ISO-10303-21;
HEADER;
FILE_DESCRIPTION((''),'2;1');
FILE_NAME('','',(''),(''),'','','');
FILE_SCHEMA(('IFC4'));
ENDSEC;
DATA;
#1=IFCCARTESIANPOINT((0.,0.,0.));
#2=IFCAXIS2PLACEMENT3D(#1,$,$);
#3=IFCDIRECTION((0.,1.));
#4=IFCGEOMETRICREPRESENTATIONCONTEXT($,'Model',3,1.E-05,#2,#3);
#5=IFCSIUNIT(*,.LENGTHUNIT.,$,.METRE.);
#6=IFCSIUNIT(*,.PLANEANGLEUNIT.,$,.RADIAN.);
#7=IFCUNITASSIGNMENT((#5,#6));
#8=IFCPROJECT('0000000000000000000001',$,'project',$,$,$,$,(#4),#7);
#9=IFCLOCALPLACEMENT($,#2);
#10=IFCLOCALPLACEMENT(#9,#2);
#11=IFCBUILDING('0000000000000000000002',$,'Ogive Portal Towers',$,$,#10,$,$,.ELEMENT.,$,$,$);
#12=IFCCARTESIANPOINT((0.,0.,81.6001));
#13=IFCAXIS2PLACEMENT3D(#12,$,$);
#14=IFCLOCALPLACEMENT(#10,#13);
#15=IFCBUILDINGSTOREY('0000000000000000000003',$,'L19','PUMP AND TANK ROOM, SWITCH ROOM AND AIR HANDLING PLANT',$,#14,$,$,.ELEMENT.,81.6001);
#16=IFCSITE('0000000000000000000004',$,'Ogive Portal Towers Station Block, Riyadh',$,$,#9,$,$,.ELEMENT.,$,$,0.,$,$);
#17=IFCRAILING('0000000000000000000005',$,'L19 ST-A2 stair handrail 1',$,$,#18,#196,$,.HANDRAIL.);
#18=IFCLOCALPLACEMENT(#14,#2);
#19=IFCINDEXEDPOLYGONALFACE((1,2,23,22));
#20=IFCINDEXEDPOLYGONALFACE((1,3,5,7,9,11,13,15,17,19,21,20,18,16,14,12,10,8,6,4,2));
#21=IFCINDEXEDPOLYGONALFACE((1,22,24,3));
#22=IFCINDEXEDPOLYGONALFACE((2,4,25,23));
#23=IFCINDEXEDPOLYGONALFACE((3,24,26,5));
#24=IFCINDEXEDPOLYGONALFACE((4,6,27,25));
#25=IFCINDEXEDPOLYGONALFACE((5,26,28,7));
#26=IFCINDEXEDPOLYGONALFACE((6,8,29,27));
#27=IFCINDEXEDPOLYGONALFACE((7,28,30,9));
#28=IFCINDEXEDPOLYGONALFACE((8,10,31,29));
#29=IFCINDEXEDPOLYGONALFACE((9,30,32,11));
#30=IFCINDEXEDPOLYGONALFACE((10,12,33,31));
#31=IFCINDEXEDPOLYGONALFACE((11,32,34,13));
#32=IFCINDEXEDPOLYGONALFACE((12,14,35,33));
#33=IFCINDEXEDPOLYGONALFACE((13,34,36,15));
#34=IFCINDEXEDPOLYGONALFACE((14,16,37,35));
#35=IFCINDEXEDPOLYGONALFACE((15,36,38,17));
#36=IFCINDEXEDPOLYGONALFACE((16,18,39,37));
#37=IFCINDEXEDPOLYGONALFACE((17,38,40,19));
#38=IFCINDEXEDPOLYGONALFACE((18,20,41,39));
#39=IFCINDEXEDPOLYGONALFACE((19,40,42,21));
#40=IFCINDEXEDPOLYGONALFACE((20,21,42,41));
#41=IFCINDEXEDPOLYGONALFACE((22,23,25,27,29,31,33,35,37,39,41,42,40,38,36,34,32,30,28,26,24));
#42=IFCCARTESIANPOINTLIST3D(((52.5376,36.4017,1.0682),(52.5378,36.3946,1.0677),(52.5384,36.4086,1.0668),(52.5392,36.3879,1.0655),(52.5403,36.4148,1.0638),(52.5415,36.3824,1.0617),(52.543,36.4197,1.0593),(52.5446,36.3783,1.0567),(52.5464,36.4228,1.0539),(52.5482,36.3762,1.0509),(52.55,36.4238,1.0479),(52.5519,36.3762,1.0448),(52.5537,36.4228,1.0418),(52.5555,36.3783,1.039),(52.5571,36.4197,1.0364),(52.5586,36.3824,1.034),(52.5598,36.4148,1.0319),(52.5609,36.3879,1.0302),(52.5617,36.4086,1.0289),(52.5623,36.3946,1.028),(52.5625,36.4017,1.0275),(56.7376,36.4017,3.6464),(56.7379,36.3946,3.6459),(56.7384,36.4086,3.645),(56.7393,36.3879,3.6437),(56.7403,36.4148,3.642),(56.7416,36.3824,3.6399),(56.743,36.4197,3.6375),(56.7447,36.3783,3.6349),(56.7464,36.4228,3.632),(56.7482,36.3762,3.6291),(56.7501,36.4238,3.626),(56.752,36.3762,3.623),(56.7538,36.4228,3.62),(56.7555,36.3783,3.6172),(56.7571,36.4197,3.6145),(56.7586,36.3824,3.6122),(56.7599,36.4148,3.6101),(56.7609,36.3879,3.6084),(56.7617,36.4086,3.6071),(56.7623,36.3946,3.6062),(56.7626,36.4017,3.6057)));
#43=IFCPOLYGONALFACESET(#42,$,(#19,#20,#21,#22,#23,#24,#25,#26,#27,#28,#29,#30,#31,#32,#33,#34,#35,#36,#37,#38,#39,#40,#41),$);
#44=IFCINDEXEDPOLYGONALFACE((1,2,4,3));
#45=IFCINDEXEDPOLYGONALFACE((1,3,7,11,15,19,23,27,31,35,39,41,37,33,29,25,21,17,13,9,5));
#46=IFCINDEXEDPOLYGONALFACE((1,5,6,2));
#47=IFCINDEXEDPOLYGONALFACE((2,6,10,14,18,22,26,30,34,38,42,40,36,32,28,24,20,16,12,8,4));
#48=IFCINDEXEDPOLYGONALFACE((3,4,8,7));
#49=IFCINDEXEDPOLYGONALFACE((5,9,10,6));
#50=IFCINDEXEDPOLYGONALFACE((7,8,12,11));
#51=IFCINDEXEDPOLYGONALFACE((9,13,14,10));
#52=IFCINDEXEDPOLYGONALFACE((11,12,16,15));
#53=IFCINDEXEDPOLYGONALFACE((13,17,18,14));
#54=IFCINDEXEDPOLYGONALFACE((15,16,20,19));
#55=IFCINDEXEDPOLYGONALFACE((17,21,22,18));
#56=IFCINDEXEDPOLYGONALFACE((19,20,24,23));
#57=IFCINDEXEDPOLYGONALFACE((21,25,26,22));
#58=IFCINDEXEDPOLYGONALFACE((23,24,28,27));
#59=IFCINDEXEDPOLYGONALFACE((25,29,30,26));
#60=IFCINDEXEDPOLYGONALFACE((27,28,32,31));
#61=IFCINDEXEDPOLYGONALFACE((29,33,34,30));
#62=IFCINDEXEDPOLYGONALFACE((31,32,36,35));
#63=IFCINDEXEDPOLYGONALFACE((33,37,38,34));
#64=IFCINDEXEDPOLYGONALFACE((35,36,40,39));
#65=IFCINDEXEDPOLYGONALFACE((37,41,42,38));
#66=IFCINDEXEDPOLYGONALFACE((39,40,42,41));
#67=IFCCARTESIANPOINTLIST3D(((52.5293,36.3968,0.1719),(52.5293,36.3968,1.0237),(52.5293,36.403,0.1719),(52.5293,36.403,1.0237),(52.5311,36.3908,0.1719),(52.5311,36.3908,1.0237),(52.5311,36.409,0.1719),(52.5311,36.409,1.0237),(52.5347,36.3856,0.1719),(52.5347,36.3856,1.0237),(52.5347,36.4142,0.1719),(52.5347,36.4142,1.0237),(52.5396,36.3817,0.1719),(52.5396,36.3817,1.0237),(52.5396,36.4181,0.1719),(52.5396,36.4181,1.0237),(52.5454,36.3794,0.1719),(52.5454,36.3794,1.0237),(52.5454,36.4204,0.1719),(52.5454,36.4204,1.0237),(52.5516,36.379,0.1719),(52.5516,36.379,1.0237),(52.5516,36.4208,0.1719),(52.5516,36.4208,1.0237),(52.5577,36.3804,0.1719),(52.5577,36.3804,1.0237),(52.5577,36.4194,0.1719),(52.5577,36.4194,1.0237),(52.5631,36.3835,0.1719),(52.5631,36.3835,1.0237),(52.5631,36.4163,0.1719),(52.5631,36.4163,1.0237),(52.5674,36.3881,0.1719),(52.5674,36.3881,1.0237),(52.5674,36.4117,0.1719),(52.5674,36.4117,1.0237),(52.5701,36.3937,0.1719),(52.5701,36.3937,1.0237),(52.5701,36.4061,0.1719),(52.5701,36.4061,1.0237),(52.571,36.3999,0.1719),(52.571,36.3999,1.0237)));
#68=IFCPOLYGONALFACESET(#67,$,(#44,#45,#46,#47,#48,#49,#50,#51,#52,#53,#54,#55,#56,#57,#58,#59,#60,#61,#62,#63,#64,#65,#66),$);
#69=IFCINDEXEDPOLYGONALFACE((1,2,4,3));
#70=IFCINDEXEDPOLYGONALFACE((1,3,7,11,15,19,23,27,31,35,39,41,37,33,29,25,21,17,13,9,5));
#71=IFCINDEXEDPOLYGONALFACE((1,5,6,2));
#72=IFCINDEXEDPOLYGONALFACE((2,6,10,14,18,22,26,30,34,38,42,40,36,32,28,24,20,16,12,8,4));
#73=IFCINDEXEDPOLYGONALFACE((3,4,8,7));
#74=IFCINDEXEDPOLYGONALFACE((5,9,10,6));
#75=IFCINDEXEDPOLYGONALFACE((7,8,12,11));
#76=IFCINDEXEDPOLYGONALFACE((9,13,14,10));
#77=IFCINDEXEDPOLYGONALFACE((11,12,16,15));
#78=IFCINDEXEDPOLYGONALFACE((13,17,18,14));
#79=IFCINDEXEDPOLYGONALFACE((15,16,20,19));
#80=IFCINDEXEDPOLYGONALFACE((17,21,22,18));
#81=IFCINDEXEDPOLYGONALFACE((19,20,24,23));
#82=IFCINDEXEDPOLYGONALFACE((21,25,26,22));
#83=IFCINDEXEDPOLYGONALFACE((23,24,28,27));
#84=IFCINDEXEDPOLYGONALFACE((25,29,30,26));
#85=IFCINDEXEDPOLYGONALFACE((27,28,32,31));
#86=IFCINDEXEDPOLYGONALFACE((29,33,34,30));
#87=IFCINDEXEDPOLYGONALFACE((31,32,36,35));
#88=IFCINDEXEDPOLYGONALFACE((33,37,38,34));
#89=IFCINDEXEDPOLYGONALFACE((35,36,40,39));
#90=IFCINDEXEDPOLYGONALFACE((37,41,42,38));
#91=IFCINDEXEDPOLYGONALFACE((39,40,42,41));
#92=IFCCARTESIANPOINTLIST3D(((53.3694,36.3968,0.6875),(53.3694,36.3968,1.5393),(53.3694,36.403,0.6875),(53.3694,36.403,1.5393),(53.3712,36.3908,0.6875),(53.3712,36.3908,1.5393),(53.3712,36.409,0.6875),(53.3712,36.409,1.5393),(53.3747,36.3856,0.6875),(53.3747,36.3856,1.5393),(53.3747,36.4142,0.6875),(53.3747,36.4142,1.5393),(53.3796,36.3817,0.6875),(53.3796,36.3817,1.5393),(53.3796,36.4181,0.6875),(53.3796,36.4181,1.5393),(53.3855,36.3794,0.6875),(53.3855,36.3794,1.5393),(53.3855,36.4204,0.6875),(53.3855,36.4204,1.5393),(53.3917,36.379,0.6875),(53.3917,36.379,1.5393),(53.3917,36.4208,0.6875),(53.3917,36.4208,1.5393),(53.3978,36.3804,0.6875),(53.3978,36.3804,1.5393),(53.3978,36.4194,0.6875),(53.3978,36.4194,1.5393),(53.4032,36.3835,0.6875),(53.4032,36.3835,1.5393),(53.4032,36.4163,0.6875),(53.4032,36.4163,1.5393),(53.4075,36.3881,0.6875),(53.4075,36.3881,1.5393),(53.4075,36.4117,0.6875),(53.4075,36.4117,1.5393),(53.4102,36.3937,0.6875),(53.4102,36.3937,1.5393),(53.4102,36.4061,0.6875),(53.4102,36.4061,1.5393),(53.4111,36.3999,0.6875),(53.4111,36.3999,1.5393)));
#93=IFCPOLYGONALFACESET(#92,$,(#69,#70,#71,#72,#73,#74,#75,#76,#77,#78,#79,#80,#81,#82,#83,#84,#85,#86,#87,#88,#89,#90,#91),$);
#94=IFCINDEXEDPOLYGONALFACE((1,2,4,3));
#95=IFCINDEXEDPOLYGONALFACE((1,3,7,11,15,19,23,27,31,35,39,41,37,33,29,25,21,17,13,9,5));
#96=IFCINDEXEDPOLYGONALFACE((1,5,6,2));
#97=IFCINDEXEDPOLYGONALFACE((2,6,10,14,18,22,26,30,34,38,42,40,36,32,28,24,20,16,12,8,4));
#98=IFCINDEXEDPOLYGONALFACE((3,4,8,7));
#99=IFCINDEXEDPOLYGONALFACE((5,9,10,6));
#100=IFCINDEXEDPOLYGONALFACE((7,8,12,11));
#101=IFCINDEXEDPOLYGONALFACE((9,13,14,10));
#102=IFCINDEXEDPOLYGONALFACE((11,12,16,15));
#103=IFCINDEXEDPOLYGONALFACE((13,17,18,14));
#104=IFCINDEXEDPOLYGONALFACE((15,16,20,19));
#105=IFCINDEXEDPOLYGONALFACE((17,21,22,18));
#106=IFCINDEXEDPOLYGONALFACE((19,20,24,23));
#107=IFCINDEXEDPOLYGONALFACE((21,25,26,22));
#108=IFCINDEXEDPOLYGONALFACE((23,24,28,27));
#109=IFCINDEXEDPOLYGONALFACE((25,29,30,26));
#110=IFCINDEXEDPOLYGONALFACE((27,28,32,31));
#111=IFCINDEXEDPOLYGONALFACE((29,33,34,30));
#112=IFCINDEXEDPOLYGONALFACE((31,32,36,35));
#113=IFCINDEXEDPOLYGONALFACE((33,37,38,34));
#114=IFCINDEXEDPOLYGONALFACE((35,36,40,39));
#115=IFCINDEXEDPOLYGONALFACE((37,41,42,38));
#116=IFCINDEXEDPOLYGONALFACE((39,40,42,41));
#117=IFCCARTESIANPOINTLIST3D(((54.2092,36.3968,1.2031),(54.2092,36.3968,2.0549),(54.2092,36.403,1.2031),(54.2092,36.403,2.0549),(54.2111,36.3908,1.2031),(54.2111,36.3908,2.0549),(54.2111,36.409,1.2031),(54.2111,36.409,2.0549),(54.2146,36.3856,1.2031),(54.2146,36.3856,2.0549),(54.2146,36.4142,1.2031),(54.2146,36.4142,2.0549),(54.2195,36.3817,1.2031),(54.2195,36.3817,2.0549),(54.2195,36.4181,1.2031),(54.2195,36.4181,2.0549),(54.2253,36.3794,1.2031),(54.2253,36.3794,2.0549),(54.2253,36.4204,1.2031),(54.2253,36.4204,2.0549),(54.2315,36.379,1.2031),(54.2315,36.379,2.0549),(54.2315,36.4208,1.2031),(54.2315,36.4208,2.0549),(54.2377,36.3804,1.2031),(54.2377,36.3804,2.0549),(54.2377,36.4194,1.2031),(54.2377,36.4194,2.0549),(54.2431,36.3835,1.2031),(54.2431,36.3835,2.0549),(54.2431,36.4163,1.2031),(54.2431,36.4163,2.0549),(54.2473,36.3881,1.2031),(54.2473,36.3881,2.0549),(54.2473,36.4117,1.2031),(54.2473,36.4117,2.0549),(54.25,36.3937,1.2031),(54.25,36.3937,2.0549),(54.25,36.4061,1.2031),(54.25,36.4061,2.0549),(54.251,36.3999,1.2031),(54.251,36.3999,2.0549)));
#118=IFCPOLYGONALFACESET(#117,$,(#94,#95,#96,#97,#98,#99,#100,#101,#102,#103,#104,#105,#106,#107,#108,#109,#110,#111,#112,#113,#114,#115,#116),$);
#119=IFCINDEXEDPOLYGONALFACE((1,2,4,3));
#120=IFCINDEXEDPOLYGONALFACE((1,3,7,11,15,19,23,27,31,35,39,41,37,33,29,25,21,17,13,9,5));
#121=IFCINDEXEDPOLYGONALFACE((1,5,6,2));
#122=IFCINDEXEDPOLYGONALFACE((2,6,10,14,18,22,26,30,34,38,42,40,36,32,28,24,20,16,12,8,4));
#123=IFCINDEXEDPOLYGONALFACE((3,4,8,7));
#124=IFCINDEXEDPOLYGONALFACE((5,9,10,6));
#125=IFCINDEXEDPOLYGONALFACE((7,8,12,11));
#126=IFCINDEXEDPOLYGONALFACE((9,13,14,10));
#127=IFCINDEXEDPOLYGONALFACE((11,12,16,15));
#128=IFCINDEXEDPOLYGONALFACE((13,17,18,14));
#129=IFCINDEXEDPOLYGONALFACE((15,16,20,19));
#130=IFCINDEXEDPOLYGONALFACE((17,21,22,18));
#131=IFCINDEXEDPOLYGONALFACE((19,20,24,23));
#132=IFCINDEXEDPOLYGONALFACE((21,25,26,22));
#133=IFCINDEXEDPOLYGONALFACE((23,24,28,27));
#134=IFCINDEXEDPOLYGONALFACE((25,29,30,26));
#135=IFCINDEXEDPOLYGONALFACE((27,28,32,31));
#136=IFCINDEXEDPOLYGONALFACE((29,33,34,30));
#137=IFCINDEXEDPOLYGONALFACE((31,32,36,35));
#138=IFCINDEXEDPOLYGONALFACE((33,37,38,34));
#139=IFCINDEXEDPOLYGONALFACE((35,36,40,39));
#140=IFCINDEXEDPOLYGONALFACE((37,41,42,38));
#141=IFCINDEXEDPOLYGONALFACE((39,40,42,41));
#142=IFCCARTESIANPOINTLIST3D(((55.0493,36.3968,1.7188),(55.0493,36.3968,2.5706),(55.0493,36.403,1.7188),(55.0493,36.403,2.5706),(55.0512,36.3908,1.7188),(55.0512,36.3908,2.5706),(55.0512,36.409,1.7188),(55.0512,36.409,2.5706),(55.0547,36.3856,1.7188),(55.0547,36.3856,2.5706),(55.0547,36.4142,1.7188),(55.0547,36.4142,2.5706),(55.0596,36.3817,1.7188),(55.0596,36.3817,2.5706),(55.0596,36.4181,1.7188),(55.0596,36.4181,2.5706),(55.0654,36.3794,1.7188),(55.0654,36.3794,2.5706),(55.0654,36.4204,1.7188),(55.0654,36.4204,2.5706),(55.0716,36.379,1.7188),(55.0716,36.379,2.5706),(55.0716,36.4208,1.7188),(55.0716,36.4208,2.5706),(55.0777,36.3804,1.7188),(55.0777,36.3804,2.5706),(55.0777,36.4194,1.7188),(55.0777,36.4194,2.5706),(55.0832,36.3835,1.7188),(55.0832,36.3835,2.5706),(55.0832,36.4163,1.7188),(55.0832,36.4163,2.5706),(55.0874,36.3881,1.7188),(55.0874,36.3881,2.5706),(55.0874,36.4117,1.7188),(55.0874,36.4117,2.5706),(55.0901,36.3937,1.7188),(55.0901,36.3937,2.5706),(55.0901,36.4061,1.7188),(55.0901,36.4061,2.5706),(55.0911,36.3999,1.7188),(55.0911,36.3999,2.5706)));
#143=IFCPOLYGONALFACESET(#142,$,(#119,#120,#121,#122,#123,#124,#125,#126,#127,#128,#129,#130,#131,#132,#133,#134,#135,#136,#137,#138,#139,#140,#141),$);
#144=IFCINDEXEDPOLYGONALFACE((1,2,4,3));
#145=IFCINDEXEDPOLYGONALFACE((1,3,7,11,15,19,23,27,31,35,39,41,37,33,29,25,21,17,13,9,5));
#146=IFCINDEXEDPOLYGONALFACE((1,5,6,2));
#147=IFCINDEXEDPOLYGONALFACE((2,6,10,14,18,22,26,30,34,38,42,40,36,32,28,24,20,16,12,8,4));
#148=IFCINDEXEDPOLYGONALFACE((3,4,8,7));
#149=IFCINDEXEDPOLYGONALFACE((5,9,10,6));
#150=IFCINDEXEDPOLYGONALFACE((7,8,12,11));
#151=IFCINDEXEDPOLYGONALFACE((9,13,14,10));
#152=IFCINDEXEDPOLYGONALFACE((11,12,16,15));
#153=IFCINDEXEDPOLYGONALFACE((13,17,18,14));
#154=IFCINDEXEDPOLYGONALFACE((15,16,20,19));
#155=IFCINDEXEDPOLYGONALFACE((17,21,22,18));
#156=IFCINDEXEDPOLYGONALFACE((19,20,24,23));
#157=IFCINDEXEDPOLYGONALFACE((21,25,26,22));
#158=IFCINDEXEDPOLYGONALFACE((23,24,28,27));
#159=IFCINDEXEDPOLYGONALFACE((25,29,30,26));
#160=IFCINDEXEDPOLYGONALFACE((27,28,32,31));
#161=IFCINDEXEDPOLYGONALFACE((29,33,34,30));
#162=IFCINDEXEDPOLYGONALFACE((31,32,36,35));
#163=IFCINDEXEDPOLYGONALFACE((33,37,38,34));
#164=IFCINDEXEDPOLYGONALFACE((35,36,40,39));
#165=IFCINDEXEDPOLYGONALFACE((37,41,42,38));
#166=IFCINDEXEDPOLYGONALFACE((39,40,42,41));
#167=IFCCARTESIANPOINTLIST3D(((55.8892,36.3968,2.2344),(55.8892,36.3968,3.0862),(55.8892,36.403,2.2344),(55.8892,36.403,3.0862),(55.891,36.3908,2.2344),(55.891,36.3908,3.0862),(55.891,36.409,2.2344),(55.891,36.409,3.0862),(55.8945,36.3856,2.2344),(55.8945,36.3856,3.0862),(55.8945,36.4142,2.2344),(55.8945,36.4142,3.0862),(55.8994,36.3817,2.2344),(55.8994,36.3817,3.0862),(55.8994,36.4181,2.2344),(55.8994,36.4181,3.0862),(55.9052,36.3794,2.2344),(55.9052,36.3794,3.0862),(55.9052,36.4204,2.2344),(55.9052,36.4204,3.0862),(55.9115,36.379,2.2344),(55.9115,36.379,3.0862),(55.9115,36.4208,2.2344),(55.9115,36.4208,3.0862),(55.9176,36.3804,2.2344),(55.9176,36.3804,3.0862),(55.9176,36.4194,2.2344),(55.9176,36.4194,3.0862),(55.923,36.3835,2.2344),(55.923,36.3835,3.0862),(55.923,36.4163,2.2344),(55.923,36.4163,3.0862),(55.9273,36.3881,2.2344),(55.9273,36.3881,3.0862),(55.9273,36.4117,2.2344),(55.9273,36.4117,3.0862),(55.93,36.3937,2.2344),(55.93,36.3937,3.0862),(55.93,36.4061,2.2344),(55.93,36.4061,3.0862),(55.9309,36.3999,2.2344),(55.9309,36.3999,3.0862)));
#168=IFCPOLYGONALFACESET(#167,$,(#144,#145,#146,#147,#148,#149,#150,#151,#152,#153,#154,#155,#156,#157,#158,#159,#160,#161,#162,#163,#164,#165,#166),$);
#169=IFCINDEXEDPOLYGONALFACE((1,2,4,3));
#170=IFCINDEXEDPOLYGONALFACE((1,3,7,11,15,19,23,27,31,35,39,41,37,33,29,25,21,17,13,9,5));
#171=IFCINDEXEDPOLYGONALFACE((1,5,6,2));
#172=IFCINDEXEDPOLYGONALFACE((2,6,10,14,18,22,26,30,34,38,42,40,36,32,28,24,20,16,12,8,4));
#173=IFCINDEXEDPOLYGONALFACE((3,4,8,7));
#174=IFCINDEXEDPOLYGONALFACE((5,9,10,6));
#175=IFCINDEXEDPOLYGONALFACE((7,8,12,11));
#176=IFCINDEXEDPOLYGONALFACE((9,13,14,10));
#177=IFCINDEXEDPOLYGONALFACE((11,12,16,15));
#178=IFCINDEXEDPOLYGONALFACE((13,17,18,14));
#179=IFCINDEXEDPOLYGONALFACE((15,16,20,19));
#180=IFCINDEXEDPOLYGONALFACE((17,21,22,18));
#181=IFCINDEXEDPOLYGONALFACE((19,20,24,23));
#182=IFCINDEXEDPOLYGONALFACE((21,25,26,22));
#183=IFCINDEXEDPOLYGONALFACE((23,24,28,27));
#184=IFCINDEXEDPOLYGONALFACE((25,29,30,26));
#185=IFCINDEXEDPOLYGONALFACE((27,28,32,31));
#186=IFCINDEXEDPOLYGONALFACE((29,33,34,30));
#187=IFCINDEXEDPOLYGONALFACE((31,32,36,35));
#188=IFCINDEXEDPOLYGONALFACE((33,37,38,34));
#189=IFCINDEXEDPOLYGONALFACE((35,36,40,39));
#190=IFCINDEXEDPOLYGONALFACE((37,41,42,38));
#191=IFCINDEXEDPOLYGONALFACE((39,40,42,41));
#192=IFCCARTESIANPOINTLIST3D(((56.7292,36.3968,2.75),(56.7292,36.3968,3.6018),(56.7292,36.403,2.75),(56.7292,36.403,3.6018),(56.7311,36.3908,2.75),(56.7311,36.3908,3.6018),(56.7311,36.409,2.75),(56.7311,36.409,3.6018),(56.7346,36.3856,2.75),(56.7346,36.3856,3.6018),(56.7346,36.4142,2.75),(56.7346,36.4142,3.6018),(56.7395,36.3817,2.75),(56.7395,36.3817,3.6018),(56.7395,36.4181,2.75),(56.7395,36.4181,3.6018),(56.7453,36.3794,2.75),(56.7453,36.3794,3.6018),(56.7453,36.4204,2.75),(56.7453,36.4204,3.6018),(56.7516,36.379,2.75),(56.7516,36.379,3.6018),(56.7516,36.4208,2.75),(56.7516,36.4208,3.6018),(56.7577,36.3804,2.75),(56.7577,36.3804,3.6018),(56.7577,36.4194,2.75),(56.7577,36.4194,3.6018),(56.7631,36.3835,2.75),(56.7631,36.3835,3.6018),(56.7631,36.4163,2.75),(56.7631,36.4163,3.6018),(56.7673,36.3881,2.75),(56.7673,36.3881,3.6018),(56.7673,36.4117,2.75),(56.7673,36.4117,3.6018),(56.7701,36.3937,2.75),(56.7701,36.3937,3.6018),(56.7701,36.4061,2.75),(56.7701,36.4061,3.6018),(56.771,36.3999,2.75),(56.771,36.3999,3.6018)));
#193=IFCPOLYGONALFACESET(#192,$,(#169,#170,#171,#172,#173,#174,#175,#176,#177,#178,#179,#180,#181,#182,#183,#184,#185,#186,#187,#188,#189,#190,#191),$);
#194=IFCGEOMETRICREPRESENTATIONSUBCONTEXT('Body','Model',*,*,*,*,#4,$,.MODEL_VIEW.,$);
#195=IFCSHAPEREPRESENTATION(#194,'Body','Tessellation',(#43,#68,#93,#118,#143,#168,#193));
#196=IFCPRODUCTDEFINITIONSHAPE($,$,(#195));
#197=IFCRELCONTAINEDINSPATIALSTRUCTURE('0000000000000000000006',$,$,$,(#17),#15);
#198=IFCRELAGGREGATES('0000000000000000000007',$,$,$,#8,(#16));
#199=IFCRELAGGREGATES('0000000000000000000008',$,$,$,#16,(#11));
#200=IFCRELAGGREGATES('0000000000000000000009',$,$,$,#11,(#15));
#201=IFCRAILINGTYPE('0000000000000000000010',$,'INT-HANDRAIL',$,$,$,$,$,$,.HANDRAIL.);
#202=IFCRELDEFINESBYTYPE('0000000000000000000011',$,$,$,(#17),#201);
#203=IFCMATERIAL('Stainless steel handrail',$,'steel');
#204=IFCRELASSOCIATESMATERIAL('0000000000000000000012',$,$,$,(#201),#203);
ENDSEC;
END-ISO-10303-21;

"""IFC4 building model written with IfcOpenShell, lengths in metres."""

from ifc_helpers import new_model, si_unit, direction, frame, origin, origin_2d, place, context, subcontext, project, spatial, circle, extrude, material, type_object, element, save


model = new_model("IFC4")

# Units and contexts
model_context = context("Model", 3, precision=1e-05, world=origin(), true_north=direction((0.0, 1.0)))
body_context = subcontext(model_context, "Body", "Model", "MODEL_VIEW")
ifc_project = project(units=[si_unit("LENGTHUNIT", "METRE"), si_unit("PLANEANGLEUNIT", "RADIAN")], contexts=[model_context])

# Site, building, storey
site_placement = place(None, origin())
site = spatial("IfcSite", under=ifc_project, at=site_placement, Name="Ogive Portal Towers Station Block, Riyadh", CompositionType="ELEMENT", RefElevation=0.0)
building_placement = place(site_placement, origin())
building = spatial("IfcBuilding", under=site, at=building_placement, Name="Ogive Portal Towers", CompositionType="ELEMENT")
storey_placement = place(building_placement, frame((0.0, 0.0, 81.6001)))
storey = spatial("IfcBuildingStorey", under=building, at=storey_placement, Name="L19", Description="PUMP AND TANK ROOM, SWITCH ROOM AND AIR HANDLING PLANT", CompositionType="ELEMENT", Elevation=81.6001)

# Railing
ifc_material_1 = material(Name="Stainless steel handrail", Category="steel")
railing_type_1 = type_object("IfcRailingType", Name="INT-HANDRAIL", PredefinedType="HANDRAIL", material=ifc_material_1)
railing_1_placement = place(storey_placement, frame((52.55, 36.3999, 0.1719)))
element("IfcRailing", 1, at=railing_1_placement, inside=storey, type_object=railing_type_1, Name="L19 ST-A2 stair handrail 1", PredefinedType="HANDRAIL", context=body_context, shape_type="SweptSolid", body=[
    extrude(circle(Radius=0.0239, at=origin_2d()), frame((0.0, 0.0, 0.876), z_axis=(0.852243, 0.0, 0.523146), x_axis=(0.0, 1.0, 0.0)), (0.0, 0.0, 1.0), 4.9282),
    extrude(circle(Radius=0.021, at=origin_2d()), origin(), (0.0, 0.0, 1.0), 0.8518),
    extrude(circle(Radius=0.021, at=origin_2d()), frame((0.8401, 0.0, 0.5156)), (0.0, 0.0, 1.0), 0.8518),
    extrude(circle(Radius=0.021, at=origin_2d()), frame((1.6799, 0.0, 1.0312)), (0.0, 0.0, 1.0), 0.8518),
    extrude(circle(Radius=0.021, at=origin_2d()), frame((2.52, 0.0, 1.5469)), (0.0, 0.0, 1.0), 0.8518),
    extrude(circle(Radius=0.021, at=origin_2d()), frame((3.3599, 0.0, 2.0625)), (0.0, 0.0, 1.0), 0.8518),
    extrude(circle(Radius=0.021, at=origin_2d()), frame((4.2, 0.0, 2.5781)), (0.0, 0.0, 1.0), 0.8518),
])

save(model, "model.ifc")
